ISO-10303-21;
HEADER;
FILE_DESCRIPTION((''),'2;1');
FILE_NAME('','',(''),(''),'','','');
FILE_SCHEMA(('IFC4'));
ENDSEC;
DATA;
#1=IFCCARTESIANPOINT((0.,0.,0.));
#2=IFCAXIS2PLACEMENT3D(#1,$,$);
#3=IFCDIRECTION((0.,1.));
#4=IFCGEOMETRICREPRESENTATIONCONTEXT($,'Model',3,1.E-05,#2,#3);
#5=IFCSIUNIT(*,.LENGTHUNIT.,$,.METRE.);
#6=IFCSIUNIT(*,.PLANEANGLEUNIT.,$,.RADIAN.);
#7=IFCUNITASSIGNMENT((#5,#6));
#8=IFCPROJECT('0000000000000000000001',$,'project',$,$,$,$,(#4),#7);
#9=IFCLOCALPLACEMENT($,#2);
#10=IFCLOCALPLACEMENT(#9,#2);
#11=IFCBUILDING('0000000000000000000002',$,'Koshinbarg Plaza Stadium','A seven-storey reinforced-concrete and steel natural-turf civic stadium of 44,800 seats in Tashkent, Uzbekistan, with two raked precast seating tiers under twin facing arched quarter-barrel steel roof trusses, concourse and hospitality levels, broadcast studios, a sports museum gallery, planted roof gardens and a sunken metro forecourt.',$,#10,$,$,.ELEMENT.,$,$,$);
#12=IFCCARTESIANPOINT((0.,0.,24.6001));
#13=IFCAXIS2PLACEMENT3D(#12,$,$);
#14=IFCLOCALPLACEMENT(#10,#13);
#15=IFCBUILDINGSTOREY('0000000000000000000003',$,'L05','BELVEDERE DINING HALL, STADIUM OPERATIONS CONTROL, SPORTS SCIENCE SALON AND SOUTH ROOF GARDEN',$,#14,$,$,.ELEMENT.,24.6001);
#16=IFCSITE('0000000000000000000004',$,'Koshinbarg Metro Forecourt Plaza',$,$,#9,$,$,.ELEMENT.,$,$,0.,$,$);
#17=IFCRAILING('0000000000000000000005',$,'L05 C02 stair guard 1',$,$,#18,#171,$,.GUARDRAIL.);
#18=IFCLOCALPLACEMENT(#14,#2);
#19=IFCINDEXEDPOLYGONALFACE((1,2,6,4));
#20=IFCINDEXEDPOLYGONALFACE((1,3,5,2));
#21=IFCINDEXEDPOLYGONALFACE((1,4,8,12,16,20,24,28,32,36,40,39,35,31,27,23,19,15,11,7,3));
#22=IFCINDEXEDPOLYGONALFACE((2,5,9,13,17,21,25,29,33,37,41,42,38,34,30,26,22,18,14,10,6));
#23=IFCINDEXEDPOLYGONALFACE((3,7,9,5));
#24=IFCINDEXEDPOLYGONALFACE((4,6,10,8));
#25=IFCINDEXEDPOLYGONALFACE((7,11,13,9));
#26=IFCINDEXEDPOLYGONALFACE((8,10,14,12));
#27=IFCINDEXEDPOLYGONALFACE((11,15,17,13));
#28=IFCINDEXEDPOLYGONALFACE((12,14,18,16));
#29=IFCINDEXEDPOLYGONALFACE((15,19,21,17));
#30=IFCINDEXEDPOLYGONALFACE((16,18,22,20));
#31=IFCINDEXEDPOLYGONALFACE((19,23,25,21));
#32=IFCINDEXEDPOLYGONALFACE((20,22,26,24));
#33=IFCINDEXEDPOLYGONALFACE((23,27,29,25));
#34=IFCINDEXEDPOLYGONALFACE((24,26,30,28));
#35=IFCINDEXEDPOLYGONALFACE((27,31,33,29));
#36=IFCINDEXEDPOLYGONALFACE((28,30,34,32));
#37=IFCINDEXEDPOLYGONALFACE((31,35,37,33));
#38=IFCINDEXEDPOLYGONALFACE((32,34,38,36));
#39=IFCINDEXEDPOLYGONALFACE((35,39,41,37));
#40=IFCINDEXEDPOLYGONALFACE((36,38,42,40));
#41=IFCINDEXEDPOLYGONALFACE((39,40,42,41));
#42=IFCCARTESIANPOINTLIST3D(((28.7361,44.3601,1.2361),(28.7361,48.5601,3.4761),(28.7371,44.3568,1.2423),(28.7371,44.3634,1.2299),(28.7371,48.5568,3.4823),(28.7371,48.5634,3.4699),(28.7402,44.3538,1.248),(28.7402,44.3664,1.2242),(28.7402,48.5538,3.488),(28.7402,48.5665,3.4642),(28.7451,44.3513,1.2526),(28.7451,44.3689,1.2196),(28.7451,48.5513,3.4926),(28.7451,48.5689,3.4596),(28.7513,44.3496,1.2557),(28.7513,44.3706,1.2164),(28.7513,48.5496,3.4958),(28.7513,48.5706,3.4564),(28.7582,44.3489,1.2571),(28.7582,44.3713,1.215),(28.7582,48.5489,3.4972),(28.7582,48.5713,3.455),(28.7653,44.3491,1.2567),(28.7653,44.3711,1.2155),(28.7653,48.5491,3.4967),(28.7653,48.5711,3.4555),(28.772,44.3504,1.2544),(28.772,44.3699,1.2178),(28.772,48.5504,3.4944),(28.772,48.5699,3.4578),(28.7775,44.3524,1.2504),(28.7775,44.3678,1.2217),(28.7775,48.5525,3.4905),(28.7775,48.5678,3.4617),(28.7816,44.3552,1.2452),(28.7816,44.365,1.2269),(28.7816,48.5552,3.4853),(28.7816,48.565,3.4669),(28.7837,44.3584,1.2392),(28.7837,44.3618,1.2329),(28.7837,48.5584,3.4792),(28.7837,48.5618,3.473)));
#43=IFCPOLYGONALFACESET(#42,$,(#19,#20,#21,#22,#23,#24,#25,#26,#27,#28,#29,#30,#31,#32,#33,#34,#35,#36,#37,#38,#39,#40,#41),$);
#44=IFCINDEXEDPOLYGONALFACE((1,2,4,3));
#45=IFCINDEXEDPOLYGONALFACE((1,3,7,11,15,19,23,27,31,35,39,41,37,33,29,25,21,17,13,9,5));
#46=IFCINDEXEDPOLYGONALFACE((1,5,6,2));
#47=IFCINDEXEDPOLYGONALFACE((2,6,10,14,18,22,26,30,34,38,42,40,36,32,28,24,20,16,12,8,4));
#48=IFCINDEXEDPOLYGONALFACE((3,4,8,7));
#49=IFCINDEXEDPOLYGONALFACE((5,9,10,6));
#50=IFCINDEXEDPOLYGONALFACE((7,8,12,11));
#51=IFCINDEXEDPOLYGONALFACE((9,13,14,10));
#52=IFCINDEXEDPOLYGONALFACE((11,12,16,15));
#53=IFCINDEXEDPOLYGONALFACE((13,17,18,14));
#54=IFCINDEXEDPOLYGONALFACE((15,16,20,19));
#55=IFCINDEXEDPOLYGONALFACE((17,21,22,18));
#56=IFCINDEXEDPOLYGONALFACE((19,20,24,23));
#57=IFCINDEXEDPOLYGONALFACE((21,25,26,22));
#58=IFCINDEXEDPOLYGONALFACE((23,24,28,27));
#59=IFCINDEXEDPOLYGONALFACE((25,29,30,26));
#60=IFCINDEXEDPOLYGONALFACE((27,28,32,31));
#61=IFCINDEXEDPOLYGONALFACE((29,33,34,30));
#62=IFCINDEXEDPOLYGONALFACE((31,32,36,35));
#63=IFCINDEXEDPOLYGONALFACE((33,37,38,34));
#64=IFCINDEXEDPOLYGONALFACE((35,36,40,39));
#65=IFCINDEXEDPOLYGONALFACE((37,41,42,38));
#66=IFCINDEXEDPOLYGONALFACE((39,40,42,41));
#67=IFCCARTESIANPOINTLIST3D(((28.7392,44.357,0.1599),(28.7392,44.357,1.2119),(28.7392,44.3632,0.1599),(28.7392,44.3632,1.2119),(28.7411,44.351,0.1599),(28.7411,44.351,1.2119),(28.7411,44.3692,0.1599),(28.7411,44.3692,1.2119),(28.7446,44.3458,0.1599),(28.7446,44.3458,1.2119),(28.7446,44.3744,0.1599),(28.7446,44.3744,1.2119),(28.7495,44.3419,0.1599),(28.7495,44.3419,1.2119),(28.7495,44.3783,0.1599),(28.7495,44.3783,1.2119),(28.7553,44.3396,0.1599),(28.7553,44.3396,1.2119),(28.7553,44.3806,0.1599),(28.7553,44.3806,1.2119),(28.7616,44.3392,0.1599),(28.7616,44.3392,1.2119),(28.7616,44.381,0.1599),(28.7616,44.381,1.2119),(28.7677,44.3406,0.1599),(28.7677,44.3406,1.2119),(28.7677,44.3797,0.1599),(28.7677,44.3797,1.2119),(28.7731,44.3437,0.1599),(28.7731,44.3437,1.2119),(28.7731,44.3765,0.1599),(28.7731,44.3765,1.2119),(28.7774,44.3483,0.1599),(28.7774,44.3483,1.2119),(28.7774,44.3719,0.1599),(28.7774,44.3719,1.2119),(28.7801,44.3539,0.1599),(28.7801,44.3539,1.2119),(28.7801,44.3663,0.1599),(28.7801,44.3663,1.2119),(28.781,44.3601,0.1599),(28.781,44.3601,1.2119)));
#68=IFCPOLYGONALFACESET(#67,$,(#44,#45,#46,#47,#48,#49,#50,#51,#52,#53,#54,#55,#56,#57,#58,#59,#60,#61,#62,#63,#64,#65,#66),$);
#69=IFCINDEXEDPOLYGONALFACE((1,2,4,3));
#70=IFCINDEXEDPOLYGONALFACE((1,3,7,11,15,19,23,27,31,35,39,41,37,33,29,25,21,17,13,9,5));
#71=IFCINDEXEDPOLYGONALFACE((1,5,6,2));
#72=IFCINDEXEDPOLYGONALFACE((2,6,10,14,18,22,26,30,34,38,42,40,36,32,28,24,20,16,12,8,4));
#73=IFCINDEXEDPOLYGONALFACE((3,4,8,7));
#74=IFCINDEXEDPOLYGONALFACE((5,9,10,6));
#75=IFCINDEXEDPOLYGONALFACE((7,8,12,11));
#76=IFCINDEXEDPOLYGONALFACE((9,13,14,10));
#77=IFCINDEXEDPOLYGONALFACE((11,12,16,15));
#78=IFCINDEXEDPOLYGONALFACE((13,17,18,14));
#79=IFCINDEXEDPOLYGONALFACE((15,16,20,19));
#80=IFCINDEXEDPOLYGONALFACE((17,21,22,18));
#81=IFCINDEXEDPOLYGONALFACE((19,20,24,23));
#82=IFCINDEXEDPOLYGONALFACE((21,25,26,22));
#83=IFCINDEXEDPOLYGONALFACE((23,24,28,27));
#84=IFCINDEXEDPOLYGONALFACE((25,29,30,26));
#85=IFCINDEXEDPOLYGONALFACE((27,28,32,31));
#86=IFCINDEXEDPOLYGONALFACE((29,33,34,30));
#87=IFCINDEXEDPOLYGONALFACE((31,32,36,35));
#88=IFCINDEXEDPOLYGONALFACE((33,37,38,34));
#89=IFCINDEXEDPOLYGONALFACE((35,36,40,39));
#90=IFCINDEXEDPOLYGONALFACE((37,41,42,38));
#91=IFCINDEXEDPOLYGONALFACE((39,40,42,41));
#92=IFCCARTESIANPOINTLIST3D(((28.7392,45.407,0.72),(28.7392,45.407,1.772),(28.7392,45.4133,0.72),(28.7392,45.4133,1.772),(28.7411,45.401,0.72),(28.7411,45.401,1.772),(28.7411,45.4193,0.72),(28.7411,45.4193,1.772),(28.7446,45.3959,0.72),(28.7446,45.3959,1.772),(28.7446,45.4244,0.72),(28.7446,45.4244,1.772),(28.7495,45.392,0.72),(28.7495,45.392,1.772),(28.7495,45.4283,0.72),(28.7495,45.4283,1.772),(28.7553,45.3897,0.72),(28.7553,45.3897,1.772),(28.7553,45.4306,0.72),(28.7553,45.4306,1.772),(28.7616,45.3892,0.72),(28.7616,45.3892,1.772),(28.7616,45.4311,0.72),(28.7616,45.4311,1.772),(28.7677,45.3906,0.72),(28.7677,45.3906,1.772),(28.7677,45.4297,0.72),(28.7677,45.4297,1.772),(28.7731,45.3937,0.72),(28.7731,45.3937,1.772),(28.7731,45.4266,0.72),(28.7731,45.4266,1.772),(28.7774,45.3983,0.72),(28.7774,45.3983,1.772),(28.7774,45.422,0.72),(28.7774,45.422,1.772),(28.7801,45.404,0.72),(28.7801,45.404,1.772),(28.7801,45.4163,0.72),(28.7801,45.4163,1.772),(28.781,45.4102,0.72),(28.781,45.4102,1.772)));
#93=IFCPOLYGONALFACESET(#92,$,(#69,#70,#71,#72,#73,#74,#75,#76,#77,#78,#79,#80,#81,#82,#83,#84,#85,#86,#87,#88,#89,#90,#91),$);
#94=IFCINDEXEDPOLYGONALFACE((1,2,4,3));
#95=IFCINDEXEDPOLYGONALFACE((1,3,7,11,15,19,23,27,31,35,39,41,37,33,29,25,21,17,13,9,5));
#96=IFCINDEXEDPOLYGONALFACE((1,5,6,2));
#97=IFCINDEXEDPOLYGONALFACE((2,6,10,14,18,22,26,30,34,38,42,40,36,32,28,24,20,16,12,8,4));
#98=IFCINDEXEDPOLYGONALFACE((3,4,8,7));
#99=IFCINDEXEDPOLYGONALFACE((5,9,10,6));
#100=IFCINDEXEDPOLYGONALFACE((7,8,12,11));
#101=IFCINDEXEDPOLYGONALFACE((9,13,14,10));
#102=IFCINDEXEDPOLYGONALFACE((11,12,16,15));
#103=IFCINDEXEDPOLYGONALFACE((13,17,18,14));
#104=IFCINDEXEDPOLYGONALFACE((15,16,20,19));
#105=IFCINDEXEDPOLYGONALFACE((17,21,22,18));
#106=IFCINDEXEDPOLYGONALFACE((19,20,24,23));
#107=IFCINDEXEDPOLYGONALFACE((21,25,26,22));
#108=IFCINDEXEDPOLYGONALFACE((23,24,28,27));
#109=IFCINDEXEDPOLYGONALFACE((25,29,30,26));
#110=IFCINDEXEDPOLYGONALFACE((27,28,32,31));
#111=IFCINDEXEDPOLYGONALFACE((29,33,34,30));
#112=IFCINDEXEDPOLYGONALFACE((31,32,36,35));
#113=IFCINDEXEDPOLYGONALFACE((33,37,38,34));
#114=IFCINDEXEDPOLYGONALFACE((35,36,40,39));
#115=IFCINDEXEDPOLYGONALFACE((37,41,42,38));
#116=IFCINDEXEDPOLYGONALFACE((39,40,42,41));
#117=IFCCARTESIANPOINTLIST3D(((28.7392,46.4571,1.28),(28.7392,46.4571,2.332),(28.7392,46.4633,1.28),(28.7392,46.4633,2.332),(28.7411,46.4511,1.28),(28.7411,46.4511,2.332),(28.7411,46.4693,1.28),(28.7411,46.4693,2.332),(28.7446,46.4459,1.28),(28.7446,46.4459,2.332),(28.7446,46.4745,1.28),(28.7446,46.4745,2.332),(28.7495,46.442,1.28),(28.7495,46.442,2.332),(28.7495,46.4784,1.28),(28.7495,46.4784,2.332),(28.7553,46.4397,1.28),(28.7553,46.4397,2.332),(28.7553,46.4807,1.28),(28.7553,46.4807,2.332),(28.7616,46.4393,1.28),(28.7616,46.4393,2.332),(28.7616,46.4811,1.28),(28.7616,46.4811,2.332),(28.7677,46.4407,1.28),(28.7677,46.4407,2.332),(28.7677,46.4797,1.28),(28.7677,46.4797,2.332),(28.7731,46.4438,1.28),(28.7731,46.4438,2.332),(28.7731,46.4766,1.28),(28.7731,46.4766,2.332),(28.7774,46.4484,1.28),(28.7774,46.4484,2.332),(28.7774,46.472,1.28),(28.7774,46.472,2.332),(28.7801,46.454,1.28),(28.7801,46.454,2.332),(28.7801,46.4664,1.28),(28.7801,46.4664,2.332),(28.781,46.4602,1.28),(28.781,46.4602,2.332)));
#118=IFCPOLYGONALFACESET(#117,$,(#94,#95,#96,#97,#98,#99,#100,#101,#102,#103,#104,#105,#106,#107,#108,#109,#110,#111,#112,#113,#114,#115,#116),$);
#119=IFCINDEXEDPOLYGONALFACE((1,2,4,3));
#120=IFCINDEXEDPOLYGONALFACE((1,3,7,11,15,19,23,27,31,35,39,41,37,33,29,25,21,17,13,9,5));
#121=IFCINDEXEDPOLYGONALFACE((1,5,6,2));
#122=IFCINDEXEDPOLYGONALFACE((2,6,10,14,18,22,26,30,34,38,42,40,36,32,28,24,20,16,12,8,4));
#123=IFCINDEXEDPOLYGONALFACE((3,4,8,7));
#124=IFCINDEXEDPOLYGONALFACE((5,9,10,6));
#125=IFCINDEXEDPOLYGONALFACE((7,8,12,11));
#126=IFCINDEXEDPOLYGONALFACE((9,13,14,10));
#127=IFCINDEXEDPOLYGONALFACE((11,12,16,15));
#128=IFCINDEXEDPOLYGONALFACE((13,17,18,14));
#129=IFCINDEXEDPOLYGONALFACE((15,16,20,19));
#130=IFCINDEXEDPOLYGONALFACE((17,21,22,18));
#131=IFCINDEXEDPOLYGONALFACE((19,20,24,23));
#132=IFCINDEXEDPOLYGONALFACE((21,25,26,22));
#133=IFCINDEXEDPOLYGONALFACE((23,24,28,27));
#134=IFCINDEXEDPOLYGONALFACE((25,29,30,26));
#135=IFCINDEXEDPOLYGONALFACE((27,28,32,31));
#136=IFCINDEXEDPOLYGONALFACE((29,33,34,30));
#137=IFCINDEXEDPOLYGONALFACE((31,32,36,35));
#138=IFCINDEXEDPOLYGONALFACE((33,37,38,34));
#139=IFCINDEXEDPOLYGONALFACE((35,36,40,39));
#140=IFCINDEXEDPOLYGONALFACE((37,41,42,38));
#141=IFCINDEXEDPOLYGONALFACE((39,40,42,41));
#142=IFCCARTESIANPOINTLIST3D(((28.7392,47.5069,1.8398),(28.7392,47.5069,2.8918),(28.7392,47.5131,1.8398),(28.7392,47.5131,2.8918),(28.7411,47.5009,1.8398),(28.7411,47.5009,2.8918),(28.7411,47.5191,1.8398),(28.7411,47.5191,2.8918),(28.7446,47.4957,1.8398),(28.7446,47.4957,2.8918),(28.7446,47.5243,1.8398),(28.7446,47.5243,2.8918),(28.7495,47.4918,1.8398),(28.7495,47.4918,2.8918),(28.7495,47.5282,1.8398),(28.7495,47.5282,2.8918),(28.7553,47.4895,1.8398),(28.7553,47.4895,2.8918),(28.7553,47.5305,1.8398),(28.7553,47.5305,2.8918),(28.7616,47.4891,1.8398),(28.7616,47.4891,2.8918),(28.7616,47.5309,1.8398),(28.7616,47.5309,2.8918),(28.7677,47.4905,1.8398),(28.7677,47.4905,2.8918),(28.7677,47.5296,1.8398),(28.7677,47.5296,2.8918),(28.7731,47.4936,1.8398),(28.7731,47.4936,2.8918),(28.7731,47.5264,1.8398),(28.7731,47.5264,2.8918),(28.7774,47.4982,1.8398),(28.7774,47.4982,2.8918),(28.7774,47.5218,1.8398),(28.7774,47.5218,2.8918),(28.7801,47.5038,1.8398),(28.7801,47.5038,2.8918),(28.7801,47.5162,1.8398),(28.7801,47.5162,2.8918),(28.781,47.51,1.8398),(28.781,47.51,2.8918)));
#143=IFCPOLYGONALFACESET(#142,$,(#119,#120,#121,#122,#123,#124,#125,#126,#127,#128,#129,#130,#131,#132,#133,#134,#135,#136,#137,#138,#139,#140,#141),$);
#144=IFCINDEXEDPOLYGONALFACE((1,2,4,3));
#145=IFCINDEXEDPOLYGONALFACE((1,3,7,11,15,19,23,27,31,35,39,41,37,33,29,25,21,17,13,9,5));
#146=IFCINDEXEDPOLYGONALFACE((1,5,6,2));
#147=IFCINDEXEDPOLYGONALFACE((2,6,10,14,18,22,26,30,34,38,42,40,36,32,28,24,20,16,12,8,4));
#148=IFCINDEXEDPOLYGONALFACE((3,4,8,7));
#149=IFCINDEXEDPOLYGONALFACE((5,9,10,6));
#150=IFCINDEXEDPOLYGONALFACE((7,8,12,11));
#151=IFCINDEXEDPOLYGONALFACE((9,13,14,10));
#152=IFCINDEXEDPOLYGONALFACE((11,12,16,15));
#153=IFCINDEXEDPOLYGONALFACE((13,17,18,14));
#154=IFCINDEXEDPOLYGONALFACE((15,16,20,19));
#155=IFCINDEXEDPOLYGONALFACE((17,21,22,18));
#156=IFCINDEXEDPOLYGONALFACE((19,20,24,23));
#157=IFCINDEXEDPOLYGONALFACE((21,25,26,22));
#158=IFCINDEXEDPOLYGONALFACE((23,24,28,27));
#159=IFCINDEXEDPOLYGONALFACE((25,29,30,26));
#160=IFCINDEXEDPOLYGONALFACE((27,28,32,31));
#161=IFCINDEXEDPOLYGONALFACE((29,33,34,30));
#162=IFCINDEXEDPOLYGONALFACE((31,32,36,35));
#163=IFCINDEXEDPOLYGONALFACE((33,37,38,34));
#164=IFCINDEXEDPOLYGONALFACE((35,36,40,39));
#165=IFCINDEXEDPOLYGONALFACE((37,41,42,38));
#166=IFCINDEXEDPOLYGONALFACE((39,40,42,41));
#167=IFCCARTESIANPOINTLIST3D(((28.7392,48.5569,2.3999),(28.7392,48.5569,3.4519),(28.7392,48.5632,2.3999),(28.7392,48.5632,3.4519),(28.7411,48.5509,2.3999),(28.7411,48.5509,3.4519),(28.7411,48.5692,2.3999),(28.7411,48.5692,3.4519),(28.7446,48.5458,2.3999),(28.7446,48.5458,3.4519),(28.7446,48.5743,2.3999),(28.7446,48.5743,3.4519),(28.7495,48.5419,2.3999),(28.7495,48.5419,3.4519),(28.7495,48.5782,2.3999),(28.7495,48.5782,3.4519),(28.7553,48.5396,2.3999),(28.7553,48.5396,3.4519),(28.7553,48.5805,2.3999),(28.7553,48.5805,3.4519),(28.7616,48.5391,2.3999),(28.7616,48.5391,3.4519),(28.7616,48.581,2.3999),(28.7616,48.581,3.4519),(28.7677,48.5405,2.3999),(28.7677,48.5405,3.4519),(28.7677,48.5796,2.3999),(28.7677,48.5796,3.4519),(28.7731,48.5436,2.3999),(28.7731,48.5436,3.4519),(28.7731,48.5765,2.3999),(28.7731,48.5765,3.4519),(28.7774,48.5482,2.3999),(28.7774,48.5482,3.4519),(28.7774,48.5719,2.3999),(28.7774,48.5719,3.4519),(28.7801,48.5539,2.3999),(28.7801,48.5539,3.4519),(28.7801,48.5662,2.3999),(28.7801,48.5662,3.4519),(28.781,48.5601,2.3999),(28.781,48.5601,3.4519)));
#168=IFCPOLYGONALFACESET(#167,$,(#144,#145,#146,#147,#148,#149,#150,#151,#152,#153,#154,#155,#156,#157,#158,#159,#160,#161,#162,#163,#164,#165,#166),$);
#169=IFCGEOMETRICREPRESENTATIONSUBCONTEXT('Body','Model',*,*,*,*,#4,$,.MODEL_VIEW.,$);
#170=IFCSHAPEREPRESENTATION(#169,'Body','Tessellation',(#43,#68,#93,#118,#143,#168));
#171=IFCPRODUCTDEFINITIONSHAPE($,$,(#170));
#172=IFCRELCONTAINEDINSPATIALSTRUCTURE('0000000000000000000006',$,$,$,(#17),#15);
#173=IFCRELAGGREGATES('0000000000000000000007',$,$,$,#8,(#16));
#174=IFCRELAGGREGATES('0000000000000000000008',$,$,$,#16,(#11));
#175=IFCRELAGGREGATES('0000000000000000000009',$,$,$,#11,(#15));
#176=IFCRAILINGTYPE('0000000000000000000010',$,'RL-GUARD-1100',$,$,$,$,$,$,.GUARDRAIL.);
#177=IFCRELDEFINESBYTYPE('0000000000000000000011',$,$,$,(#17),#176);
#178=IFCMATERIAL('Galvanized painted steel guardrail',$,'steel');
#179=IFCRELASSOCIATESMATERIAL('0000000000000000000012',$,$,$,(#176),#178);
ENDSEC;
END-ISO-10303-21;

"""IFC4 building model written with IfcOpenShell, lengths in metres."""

from ifc_helpers import new_model, si_unit, direction, frame, origin, origin_2d, place, context, subcontext, project, spatial, circle, extrude, material, type_object, element, save


model = new_model("IFC4")

# Units and contexts
model_context = context("Model", 3, precision=1e-05, world=origin(), true_north=direction((0.0, 1.0)))
body_context = subcontext(model_context, "Body", "Model", "MODEL_VIEW")
ifc_project = project(units=[si_unit("LENGTHUNIT", "METRE"), si_unit("PLANEANGLEUNIT", "RADIAN")], contexts=[model_context])

# Site, building, storey
site_placement = place(None, origin())
site = spatial("IfcSite", under=ifc_project, at=site_placement, Name="Koshinbarg Metro Forecourt Plaza", CompositionType="ELEMENT", RefElevation=0.0)
building_placement = place(site_placement, origin())
building = spatial("IfcBuilding", under=site, at=building_placement, Name="Koshinbarg Plaza Stadium", Description="A seven-storey reinforced-concrete and steel natural-turf civic stadium of 44,800 seats in Tashkent, Uzbekistan, with two raked precast seating tiers under twin facing arched quarter-barrel steel roof trusses, concourse and hospitality levels, broadcast studios, a sports museum gallery, planted roof gardens and a sunken metro forecourt.", CompositionType="ELEMENT")
storey_placement = place(building_placement, frame((0.0, 0.0, 24.6001)))
storey = spatial("IfcBuildingStorey", under=building, at=storey_placement, Name="L05", Description="BELVEDERE DINING HALL, STADIUM OPERATIONS CONTROL, SPORTS SCIENCE SALON AND SOUTH ROOF GARDEN", CompositionType="ELEMENT", Elevation=24.6001)

# Railing
ifc_material_1 = material(Name="Galvanized painted steel guardrail", Category="steel")
railing_type_1 = type_object("IfcRailingType", Name="RL-GUARD-1100", PredefinedType="GUARDRAIL", material=ifc_material_1)
railing_1_placement = place(storey_placement, frame((28.76, 44.3601, 0.1599)))
element("IfcRailing", 1, at=railing_1_placement, inside=storey, type_object=railing_type_1, Name="L05 C02 stair guard 1", PredefinedType="GUARDRAIL", context=body_context, shape_type="SweptSolid", body=[
    extrude(circle(Radius=0.0239, at=origin_2d()), frame((0.0, 0.0, 1.0762), z_axis=(0.0, 0.882352, 0.470591), x_axis=(-1.0, 0.0, 0.0)), (0.0, 0.0, 1.0), 4.76),
    extrude(circle(Radius=0.021, at=origin_2d()), origin(), (0.0, 0.0, 1.0), 1.052),
    extrude(circle(Radius=0.021, at=origin_2d()), frame((0.0, 1.05, 0.5601)), (0.0, 0.0, 1.0), 1.052),
    extrude(circle(Radius=0.021, at=origin_2d()), frame((0.0, 2.1001, 1.1201)), (0.0, 0.0, 1.0), 1.052),
    extrude(circle(Radius=0.021, at=origin_2d()), frame((0.0, 3.1499, 1.6799)), (0.0, 0.0, 1.0), 1.052),
    extrude(circle(Radius=0.021, at=origin_2d()), frame((0.0, 4.2, 2.24)), (0.0, 0.0, 1.0), 1.052),
])

save(model, "model.ifc")
